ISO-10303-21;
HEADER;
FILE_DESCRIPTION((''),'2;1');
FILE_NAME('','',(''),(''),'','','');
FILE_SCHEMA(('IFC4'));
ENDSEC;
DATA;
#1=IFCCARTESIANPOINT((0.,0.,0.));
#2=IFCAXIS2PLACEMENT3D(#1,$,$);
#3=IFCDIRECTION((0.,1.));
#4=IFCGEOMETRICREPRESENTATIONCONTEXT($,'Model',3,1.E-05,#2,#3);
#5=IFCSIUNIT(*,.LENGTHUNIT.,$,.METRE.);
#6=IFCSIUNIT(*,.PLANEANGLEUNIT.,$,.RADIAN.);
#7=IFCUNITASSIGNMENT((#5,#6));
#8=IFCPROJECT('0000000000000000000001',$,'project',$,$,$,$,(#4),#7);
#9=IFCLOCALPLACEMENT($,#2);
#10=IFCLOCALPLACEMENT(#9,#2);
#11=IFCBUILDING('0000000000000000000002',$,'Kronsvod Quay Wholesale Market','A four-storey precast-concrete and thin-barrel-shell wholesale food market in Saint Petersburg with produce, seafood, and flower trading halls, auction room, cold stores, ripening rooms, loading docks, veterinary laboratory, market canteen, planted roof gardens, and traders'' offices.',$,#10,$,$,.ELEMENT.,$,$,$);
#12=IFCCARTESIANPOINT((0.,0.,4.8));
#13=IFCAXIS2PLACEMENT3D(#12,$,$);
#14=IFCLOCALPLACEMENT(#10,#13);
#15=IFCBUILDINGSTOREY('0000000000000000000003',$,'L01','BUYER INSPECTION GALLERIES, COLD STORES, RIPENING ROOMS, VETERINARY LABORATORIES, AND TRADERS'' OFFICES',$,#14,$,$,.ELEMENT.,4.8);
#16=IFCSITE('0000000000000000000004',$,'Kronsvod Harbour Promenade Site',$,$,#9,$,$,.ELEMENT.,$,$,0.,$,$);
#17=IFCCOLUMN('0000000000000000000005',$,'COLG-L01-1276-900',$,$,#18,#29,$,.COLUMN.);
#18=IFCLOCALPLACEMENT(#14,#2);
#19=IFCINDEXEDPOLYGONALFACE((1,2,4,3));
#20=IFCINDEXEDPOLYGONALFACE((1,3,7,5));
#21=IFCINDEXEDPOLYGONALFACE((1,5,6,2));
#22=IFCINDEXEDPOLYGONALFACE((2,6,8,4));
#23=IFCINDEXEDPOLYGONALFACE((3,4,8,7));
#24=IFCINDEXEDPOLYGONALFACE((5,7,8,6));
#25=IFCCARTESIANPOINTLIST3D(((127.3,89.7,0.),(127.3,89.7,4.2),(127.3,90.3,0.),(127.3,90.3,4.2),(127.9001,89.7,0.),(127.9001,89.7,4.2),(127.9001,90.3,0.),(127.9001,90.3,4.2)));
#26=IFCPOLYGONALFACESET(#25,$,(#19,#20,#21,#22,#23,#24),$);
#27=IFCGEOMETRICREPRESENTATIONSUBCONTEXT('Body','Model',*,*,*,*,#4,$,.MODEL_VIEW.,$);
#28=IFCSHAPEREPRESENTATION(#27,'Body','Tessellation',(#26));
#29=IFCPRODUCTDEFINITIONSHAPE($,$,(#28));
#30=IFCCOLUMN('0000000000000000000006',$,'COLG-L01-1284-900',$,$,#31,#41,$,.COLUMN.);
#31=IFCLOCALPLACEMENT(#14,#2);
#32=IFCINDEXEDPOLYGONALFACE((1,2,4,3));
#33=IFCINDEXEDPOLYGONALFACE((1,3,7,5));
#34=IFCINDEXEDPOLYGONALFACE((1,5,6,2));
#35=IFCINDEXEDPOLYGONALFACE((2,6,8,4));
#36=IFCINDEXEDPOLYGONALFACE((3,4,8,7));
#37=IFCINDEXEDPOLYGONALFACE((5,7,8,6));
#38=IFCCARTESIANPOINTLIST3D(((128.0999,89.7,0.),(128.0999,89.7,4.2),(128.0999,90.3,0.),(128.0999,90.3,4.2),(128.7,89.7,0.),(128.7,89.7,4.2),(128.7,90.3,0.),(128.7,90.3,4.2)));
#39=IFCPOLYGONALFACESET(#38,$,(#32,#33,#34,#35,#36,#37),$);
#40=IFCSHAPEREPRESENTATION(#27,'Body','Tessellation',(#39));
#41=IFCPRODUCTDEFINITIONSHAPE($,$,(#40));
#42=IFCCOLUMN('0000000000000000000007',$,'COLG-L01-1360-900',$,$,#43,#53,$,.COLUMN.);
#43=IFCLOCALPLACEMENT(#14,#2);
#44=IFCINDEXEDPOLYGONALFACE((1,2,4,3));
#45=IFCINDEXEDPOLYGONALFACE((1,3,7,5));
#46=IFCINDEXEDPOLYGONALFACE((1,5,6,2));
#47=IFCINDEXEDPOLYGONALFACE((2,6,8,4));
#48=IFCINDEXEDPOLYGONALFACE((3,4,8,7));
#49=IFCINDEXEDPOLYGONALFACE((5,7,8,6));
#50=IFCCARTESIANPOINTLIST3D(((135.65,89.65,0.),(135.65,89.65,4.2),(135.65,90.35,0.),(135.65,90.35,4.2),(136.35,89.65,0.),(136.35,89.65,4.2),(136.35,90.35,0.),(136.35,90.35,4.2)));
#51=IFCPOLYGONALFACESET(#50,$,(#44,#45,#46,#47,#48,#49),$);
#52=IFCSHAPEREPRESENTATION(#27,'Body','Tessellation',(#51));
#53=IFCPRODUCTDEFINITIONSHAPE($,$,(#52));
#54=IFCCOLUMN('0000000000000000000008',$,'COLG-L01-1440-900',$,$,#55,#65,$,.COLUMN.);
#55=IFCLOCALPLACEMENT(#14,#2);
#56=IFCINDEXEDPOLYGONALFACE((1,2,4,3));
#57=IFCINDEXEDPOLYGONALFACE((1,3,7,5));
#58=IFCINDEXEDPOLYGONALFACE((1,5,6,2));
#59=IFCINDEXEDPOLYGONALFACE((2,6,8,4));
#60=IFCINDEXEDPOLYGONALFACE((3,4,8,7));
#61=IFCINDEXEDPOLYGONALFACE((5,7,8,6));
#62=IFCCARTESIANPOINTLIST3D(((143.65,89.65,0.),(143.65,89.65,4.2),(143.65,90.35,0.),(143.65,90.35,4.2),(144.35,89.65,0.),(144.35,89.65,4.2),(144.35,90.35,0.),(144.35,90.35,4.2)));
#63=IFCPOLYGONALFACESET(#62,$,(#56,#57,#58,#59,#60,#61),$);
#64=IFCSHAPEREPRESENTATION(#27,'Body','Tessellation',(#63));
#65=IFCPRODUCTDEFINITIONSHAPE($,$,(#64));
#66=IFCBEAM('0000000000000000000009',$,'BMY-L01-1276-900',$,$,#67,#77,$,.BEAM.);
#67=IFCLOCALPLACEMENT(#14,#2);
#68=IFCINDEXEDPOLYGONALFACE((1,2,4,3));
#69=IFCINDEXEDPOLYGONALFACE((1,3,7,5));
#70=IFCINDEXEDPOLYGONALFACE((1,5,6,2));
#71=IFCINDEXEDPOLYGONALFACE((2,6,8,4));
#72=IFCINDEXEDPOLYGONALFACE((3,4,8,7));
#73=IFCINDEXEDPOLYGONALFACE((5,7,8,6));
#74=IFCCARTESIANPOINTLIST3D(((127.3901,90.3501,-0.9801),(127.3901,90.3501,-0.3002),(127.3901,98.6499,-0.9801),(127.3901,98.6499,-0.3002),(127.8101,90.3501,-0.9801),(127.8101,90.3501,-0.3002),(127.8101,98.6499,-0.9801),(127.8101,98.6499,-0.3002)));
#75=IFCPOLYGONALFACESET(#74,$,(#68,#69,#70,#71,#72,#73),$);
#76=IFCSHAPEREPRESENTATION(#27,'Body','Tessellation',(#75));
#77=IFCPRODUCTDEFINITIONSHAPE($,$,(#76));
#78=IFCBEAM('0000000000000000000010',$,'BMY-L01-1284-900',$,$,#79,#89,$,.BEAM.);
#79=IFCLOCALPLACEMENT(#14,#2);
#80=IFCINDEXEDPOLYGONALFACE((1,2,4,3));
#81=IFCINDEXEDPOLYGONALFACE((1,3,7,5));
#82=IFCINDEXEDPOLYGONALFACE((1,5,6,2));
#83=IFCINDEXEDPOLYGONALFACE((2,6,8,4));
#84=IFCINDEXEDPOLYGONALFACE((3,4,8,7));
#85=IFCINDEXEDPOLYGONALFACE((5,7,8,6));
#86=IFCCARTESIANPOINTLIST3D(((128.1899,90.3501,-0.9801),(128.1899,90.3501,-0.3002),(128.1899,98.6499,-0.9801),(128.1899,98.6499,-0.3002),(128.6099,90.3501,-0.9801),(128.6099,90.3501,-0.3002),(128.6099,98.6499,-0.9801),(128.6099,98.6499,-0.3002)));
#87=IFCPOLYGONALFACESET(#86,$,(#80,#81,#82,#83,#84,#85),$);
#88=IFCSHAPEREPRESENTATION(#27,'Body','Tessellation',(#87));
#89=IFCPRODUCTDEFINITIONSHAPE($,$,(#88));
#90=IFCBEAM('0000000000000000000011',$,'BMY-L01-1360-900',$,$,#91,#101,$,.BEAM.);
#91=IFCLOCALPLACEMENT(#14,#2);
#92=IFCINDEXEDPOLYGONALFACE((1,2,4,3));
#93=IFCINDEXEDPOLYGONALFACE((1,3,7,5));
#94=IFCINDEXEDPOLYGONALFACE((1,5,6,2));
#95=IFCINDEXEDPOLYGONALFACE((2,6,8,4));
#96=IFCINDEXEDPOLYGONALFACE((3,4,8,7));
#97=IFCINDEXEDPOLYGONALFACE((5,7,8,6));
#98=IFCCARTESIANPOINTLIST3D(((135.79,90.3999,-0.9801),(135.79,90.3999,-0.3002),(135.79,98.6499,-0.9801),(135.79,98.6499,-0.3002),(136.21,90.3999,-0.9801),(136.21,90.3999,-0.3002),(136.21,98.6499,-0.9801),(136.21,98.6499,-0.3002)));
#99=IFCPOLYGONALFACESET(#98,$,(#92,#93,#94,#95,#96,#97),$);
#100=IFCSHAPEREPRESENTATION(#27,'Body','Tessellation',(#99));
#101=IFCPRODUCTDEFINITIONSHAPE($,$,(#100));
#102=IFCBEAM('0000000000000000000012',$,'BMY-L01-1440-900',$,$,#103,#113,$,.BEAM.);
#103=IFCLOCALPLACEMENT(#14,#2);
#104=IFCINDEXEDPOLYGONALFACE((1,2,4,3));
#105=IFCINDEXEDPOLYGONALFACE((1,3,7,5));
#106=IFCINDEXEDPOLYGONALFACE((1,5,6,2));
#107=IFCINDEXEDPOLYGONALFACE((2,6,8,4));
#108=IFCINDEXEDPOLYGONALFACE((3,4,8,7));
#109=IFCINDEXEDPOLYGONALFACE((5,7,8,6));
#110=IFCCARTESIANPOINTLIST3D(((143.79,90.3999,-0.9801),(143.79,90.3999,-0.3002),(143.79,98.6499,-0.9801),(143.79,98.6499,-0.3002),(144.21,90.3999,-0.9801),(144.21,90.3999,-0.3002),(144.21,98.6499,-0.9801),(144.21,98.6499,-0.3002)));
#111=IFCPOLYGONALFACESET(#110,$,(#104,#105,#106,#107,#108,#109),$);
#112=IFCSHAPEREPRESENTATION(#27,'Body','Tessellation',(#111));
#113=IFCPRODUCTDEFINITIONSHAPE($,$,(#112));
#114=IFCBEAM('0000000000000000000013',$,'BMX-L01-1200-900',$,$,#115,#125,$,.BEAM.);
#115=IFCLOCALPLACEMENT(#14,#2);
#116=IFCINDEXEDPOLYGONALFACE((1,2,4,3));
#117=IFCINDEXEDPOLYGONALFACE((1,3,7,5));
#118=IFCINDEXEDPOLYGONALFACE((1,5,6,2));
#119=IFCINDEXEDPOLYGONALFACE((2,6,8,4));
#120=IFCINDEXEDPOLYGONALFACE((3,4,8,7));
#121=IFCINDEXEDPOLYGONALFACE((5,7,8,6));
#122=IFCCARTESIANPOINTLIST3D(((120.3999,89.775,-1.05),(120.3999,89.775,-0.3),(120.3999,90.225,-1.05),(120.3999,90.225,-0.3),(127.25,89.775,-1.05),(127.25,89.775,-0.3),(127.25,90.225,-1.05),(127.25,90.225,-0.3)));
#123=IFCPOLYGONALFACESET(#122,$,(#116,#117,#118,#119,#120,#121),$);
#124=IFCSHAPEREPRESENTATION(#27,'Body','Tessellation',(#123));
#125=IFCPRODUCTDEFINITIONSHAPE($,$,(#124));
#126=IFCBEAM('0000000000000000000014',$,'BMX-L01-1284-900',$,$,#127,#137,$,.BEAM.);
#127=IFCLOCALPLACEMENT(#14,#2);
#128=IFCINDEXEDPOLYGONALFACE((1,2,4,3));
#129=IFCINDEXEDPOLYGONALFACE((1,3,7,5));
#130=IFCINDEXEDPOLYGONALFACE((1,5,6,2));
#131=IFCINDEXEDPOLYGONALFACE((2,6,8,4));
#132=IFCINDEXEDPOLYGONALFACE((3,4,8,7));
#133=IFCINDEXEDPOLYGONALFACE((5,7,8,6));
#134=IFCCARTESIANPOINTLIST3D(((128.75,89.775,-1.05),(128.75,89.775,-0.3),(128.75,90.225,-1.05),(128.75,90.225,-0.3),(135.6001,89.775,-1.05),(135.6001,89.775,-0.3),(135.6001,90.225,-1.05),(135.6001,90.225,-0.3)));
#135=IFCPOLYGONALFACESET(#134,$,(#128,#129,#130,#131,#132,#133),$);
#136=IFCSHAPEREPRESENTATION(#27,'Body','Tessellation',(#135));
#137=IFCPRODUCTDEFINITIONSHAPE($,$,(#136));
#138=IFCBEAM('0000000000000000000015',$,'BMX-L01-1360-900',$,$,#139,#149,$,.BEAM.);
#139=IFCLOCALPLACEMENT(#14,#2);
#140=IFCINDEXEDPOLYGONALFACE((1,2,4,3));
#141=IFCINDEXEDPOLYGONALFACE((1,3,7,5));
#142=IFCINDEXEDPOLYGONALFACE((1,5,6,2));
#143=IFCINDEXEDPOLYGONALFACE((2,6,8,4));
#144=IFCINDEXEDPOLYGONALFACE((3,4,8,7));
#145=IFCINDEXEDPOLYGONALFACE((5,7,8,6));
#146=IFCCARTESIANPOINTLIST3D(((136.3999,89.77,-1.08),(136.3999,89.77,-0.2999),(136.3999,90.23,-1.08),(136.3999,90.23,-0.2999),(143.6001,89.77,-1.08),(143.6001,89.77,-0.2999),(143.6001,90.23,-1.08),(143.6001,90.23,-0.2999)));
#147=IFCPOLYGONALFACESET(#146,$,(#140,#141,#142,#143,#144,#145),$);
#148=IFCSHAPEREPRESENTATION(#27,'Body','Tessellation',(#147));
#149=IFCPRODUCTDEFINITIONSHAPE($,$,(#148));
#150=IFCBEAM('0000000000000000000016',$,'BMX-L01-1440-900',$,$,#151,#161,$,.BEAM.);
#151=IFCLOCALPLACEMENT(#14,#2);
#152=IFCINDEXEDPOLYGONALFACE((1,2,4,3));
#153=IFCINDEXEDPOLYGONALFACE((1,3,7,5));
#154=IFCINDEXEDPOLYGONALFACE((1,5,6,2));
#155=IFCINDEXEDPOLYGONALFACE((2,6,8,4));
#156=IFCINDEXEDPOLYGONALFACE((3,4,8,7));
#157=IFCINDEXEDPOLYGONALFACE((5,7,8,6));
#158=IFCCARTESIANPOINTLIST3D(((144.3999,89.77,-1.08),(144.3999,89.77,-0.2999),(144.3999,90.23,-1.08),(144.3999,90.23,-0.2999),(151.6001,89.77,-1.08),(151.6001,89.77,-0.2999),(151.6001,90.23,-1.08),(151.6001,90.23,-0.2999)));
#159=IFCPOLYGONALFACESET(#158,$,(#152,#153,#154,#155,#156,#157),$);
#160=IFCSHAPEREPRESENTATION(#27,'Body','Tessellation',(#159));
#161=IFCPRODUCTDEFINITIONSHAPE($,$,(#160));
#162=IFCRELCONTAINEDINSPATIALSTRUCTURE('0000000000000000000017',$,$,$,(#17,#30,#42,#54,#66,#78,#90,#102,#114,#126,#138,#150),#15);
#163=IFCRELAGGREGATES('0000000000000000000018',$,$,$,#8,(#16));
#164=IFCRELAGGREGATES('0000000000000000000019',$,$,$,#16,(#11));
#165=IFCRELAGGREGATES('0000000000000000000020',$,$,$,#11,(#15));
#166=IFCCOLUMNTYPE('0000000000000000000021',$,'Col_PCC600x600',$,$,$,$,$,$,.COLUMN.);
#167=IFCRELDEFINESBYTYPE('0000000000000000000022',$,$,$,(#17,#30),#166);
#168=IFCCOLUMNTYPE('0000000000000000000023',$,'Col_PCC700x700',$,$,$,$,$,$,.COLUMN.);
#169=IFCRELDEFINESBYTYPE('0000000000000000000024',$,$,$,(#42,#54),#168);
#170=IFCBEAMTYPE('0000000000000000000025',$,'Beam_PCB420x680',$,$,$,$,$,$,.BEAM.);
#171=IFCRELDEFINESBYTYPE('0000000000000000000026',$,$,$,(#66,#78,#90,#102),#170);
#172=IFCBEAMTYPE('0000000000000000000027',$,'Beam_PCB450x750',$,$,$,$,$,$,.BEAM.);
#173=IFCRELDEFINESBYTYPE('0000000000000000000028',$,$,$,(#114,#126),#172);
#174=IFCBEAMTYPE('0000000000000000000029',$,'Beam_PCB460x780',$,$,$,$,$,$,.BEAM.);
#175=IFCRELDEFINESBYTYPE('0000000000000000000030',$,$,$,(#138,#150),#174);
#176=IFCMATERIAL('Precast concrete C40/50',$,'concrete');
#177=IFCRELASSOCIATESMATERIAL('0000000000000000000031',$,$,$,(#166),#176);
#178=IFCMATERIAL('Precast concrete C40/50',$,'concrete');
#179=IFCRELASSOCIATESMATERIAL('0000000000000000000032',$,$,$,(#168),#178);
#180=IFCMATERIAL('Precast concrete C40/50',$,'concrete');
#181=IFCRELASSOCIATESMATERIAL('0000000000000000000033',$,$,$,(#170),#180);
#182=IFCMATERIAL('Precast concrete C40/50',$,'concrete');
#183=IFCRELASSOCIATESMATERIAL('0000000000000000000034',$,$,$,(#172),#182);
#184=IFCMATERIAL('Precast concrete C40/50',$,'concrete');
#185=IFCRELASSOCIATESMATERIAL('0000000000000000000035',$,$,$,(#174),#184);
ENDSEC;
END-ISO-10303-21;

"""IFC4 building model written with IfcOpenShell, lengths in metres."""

from ifc_helpers import new_model, si_unit, direction, frame, origin, origin_2d, place, context, subcontext, project, spatial, rectangle, extrude, material, material_profile, profile_set, type_object, element, save


model = new_model("IFC4")

# Units and contexts
model_context = context("Model", 3, precision=1e-05, world=origin(), true_north=direction((0.0, 1.0)))
body_context = subcontext(model_context, "Body", "Model", "MODEL_VIEW")
ifc_project = project(units=[si_unit("LENGTHUNIT", "METRE"), si_unit("PLANEANGLEUNIT", "RADIAN")], contexts=[model_context])

# Site, building, storey
site_placement = place(None, origin())
site = spatial("IfcSite", under=ifc_project, at=site_placement, Name="Kronsvod Harbour Promenade Site", CompositionType="ELEMENT", RefElevation=0.0)
building_placement = place(site_placement, origin())
building = spatial("IfcBuilding", under=site, at=building_placement, Name="Kronsvod Quay Wholesale Market", Description="A four-storey precast-concrete and thin-barrel-shell wholesale food market in Saint Petersburg with produce, seafood, and flower trading halls, auction room, cold stores, ripening rooms, loading docks, veterinary laboratory, market canteen, planted roof gardens, and traders' offices.", CompositionType="ELEMENT")
storey_placement = place(building_placement, frame((0.0, 0.0, 4.8)))
storey = spatial("IfcBuildingStorey", under=building, at=storey_placement, Name="L01", Description="BUYER INSPECTION GALLERIES, COLD STORES, RIPENING ROOMS, VETERINARY LABORATORIES, AND TRADERS' OFFICES", CompositionType="ELEMENT", Elevation=4.8)

# Columns
ifc_material_1 = material(Name="Precast concrete C40/50", Category="concrete")
ifc_material_profile_1 = material_profile(ifc_material_1, rectangle(XDim=0.6001, YDim=0.6001, at=origin_2d()), Name="PCC600x600")
ifc_profile_set_1 = profile_set([ifc_material_profile_1], Name="Precast concrete C40/50")
column_type_1 = type_object("IfcColumnType", Name="Col_PCC600x600", PredefinedType="COLUMN", material=ifc_profile_set_1)
for number, where, z_axis, x_axis, name in (
    (1, (127.6001, 90.0, 0.0), (0.0, 0.0, 1.0), (1.0, 0.0, 0.0), "COLG-L01-1276-900"),
    (2, (128.3999, 90.0, 0.0), (0.0, 0.0, 1.0), (1.0, 0.0, 0.0), "COLG-L01-1284-900"),
):
    element("IfcColumn", number, at=place(storey_placement, frame(where, z_axis=z_axis, x_axis=x_axis)), inside=storey, type_object=column_type_1, Name=name, PredefinedType="COLUMN", context=body_context, shape_type="SweptSolid", body=[
        extrude(rectangle(XDim=0.6001, YDim=0.6001, at=origin_2d()), origin(), (0.0, 0.0, 1.0), 4.2),
    ])
ifc_material_2 = material(Name="Precast concrete C40/50", Category="concrete")
ifc_material_profile_2 = material_profile(ifc_material_2, rectangle(XDim=0.7, YDim=0.7, at=origin_2d()), Name="PCC700x700")
ifc_profile_set_2 = profile_set([ifc_material_profile_2], Name="Precast concrete C40/50")
column_type_2 = type_object("IfcColumnType", Name="Col_PCC700x700", PredefinedType="COLUMN", material=ifc_profile_set_2)
for number, where, z_axis, x_axis, name in (
    (3, (136.0, 90.0, 0.0), (0.0, 0.0, 1.0), (1.0, 0.0, 0.0), "COLG-L01-1360-900"),
    (4, (144.0, 90.0, 0.0), (0.0, 0.0, 1.0), (1.0, 0.0, 0.0), "COLG-L01-1440-900"),
):
    element("IfcColumn", number, at=place(storey_placement, frame(where, z_axis=z_axis, x_axis=x_axis)), inside=storey, type_object=column_type_2, Name=name, PredefinedType="COLUMN", context=body_context, shape_type="SweptSolid", body=[
        extrude(rectangle(XDim=0.7, YDim=0.7, at=origin_2d()), origin(), (0.0, 0.0, 1.0), 4.2),
    ])

# Beams
ifc_material_3 = material(Name="Precast concrete C40/50", Category="concrete")
ifc_material_profile_3 = material_profile(ifc_material_3, rectangle(XDim=0.4199, YDim=0.6799, at=origin_2d()), Name="PB-05")
ifc_profile_set_3 = profile_set([ifc_material_profile_3], Name="Precast concrete C40/50")
beam_type_1 = type_object("IfcBeamType", Name="Beam_PCB420x680", PredefinedType="BEAM", material=ifc_profile_set_3)
for number, where, z_axis, x_axis, name in (
    (5, (127.6001, 90.3501, -0.6401), (0.0, 1.0, 0.0), (-1.0, 0.0, 0.0), "BMY-L01-1276-900"),
    (6, (128.3999, 90.3501, -0.6401), (0.0, 1.0, 0.0), (-1.0, 0.0, 0.0), "BMY-L01-1284-900"),
):
    element("IfcBeam", number, at=place(storey_placement, frame(where, z_axis=z_axis, x_axis=x_axis)), inside=storey, type_object=beam_type_1, Name=name, PredefinedType="BEAM", context=body_context, shape_type="SweptSolid", body=[
        extrude(rectangle(XDim=0.4199, YDim=0.6799, at=origin_2d()), origin(), (0.0, 0.0, 1.0), 8.2998),
    ])
for number, where, z_axis, x_axis, name in (
    (7, (136.0, 90.3999, -0.6401), (0.0, 1.0, 0.0), (-1.0, 0.0, 0.0), "BMY-L01-1360-900"),
    (8, (144.0, 90.3999, -0.6401), (0.0, 1.0, 0.0), (-1.0, 0.0, 0.0), "BMY-L01-1440-900"),
):
    element("IfcBeam", number, at=place(storey_placement, frame(where, z_axis=z_axis, x_axis=x_axis)), inside=storey, type_object=beam_type_1, Name=name, PredefinedType="BEAM", context=body_context, shape_type="SweptSolid", body=[
        extrude(rectangle(XDim=0.4199, YDim=0.6799, at=origin_2d()), origin(), (0.0, 0.0, 1.0), 8.25),
    ])
ifc_material_4 = material(Name="Precast concrete C40/50", Category="concrete")
ifc_material_profile_4 = material_profile(ifc_material_4, rectangle(XDim=0.45, YDim=0.75, at=origin_2d()), Name="PCB450x750")
ifc_profile_set_4 = profile_set([ifc_material_profile_4], Name="Precast concrete C40/50")
beam_type_2 = type_object("IfcBeamType", Name="Beam_PCB450x750", PredefinedType="BEAM", material=ifc_profile_set_4)
for number, where, z_axis, x_axis, name in (
    (9, (120.3999, 90.0, -0.675), (1.0, 0.0, 0.0), (0.0, 1.0, 0.0), "BMX-L01-1200-900"),
    (10, (128.75, 90.0, -0.675), (1.0, 0.0, 0.0), (0.0, 1.0, 0.0), "BMX-L01-1284-900"),
):
    element("IfcBeam", number, at=place(storey_placement, frame(where, z_axis=z_axis, x_axis=x_axis)), inside=storey, type_object=beam_type_2, Name=name, PredefinedType="BEAM", context=body_context, shape_type="SweptSolid", body=[
        extrude(rectangle(XDim=0.45, YDim=0.75, at=origin_2d()), origin(), (0.0, 0.0, 1.0), 6.8501),
    ])
ifc_material_5 = material(Name="Precast concrete C40/50", Category="concrete")
ifc_material_profile_5 = material_profile(ifc_material_5, rectangle(XDim=0.46, YDim=0.78, at=origin_2d()), Name="PB-03")
ifc_profile_set_5 = profile_set([ifc_material_profile_5], Name="Precast concrete C40/50")
beam_type_3 = type_object("IfcBeamType", Name="Beam_PCB460x780", PredefinedType="BEAM", material=ifc_profile_set_5)
for number, where, z_axis, x_axis, name in (
    (11, (136.3999, 90.0, -0.6899), (1.0, 0.0, 0.0), (0.0, 1.0, 0.0), "BMX-L01-1360-900"),
    (12, (144.3999, 90.0, -0.6899), (1.0, 0.0, 0.0), (0.0, 1.0, 0.0), "BMX-L01-1440-900"),
):
    element("IfcBeam", number, at=place(storey_placement, frame(where, z_axis=z_axis, x_axis=x_axis)), inside=storey, type_object=beam_type_3, Name=name, PredefinedType="BEAM", context=body_context, shape_type="SweptSolid", body=[
        extrude(rectangle(XDim=0.46, YDim=0.78, at=origin_2d()), origin(), (0.0, 0.0, 1.0), 7.2002),
    ])

save(model, "model.ifc")
